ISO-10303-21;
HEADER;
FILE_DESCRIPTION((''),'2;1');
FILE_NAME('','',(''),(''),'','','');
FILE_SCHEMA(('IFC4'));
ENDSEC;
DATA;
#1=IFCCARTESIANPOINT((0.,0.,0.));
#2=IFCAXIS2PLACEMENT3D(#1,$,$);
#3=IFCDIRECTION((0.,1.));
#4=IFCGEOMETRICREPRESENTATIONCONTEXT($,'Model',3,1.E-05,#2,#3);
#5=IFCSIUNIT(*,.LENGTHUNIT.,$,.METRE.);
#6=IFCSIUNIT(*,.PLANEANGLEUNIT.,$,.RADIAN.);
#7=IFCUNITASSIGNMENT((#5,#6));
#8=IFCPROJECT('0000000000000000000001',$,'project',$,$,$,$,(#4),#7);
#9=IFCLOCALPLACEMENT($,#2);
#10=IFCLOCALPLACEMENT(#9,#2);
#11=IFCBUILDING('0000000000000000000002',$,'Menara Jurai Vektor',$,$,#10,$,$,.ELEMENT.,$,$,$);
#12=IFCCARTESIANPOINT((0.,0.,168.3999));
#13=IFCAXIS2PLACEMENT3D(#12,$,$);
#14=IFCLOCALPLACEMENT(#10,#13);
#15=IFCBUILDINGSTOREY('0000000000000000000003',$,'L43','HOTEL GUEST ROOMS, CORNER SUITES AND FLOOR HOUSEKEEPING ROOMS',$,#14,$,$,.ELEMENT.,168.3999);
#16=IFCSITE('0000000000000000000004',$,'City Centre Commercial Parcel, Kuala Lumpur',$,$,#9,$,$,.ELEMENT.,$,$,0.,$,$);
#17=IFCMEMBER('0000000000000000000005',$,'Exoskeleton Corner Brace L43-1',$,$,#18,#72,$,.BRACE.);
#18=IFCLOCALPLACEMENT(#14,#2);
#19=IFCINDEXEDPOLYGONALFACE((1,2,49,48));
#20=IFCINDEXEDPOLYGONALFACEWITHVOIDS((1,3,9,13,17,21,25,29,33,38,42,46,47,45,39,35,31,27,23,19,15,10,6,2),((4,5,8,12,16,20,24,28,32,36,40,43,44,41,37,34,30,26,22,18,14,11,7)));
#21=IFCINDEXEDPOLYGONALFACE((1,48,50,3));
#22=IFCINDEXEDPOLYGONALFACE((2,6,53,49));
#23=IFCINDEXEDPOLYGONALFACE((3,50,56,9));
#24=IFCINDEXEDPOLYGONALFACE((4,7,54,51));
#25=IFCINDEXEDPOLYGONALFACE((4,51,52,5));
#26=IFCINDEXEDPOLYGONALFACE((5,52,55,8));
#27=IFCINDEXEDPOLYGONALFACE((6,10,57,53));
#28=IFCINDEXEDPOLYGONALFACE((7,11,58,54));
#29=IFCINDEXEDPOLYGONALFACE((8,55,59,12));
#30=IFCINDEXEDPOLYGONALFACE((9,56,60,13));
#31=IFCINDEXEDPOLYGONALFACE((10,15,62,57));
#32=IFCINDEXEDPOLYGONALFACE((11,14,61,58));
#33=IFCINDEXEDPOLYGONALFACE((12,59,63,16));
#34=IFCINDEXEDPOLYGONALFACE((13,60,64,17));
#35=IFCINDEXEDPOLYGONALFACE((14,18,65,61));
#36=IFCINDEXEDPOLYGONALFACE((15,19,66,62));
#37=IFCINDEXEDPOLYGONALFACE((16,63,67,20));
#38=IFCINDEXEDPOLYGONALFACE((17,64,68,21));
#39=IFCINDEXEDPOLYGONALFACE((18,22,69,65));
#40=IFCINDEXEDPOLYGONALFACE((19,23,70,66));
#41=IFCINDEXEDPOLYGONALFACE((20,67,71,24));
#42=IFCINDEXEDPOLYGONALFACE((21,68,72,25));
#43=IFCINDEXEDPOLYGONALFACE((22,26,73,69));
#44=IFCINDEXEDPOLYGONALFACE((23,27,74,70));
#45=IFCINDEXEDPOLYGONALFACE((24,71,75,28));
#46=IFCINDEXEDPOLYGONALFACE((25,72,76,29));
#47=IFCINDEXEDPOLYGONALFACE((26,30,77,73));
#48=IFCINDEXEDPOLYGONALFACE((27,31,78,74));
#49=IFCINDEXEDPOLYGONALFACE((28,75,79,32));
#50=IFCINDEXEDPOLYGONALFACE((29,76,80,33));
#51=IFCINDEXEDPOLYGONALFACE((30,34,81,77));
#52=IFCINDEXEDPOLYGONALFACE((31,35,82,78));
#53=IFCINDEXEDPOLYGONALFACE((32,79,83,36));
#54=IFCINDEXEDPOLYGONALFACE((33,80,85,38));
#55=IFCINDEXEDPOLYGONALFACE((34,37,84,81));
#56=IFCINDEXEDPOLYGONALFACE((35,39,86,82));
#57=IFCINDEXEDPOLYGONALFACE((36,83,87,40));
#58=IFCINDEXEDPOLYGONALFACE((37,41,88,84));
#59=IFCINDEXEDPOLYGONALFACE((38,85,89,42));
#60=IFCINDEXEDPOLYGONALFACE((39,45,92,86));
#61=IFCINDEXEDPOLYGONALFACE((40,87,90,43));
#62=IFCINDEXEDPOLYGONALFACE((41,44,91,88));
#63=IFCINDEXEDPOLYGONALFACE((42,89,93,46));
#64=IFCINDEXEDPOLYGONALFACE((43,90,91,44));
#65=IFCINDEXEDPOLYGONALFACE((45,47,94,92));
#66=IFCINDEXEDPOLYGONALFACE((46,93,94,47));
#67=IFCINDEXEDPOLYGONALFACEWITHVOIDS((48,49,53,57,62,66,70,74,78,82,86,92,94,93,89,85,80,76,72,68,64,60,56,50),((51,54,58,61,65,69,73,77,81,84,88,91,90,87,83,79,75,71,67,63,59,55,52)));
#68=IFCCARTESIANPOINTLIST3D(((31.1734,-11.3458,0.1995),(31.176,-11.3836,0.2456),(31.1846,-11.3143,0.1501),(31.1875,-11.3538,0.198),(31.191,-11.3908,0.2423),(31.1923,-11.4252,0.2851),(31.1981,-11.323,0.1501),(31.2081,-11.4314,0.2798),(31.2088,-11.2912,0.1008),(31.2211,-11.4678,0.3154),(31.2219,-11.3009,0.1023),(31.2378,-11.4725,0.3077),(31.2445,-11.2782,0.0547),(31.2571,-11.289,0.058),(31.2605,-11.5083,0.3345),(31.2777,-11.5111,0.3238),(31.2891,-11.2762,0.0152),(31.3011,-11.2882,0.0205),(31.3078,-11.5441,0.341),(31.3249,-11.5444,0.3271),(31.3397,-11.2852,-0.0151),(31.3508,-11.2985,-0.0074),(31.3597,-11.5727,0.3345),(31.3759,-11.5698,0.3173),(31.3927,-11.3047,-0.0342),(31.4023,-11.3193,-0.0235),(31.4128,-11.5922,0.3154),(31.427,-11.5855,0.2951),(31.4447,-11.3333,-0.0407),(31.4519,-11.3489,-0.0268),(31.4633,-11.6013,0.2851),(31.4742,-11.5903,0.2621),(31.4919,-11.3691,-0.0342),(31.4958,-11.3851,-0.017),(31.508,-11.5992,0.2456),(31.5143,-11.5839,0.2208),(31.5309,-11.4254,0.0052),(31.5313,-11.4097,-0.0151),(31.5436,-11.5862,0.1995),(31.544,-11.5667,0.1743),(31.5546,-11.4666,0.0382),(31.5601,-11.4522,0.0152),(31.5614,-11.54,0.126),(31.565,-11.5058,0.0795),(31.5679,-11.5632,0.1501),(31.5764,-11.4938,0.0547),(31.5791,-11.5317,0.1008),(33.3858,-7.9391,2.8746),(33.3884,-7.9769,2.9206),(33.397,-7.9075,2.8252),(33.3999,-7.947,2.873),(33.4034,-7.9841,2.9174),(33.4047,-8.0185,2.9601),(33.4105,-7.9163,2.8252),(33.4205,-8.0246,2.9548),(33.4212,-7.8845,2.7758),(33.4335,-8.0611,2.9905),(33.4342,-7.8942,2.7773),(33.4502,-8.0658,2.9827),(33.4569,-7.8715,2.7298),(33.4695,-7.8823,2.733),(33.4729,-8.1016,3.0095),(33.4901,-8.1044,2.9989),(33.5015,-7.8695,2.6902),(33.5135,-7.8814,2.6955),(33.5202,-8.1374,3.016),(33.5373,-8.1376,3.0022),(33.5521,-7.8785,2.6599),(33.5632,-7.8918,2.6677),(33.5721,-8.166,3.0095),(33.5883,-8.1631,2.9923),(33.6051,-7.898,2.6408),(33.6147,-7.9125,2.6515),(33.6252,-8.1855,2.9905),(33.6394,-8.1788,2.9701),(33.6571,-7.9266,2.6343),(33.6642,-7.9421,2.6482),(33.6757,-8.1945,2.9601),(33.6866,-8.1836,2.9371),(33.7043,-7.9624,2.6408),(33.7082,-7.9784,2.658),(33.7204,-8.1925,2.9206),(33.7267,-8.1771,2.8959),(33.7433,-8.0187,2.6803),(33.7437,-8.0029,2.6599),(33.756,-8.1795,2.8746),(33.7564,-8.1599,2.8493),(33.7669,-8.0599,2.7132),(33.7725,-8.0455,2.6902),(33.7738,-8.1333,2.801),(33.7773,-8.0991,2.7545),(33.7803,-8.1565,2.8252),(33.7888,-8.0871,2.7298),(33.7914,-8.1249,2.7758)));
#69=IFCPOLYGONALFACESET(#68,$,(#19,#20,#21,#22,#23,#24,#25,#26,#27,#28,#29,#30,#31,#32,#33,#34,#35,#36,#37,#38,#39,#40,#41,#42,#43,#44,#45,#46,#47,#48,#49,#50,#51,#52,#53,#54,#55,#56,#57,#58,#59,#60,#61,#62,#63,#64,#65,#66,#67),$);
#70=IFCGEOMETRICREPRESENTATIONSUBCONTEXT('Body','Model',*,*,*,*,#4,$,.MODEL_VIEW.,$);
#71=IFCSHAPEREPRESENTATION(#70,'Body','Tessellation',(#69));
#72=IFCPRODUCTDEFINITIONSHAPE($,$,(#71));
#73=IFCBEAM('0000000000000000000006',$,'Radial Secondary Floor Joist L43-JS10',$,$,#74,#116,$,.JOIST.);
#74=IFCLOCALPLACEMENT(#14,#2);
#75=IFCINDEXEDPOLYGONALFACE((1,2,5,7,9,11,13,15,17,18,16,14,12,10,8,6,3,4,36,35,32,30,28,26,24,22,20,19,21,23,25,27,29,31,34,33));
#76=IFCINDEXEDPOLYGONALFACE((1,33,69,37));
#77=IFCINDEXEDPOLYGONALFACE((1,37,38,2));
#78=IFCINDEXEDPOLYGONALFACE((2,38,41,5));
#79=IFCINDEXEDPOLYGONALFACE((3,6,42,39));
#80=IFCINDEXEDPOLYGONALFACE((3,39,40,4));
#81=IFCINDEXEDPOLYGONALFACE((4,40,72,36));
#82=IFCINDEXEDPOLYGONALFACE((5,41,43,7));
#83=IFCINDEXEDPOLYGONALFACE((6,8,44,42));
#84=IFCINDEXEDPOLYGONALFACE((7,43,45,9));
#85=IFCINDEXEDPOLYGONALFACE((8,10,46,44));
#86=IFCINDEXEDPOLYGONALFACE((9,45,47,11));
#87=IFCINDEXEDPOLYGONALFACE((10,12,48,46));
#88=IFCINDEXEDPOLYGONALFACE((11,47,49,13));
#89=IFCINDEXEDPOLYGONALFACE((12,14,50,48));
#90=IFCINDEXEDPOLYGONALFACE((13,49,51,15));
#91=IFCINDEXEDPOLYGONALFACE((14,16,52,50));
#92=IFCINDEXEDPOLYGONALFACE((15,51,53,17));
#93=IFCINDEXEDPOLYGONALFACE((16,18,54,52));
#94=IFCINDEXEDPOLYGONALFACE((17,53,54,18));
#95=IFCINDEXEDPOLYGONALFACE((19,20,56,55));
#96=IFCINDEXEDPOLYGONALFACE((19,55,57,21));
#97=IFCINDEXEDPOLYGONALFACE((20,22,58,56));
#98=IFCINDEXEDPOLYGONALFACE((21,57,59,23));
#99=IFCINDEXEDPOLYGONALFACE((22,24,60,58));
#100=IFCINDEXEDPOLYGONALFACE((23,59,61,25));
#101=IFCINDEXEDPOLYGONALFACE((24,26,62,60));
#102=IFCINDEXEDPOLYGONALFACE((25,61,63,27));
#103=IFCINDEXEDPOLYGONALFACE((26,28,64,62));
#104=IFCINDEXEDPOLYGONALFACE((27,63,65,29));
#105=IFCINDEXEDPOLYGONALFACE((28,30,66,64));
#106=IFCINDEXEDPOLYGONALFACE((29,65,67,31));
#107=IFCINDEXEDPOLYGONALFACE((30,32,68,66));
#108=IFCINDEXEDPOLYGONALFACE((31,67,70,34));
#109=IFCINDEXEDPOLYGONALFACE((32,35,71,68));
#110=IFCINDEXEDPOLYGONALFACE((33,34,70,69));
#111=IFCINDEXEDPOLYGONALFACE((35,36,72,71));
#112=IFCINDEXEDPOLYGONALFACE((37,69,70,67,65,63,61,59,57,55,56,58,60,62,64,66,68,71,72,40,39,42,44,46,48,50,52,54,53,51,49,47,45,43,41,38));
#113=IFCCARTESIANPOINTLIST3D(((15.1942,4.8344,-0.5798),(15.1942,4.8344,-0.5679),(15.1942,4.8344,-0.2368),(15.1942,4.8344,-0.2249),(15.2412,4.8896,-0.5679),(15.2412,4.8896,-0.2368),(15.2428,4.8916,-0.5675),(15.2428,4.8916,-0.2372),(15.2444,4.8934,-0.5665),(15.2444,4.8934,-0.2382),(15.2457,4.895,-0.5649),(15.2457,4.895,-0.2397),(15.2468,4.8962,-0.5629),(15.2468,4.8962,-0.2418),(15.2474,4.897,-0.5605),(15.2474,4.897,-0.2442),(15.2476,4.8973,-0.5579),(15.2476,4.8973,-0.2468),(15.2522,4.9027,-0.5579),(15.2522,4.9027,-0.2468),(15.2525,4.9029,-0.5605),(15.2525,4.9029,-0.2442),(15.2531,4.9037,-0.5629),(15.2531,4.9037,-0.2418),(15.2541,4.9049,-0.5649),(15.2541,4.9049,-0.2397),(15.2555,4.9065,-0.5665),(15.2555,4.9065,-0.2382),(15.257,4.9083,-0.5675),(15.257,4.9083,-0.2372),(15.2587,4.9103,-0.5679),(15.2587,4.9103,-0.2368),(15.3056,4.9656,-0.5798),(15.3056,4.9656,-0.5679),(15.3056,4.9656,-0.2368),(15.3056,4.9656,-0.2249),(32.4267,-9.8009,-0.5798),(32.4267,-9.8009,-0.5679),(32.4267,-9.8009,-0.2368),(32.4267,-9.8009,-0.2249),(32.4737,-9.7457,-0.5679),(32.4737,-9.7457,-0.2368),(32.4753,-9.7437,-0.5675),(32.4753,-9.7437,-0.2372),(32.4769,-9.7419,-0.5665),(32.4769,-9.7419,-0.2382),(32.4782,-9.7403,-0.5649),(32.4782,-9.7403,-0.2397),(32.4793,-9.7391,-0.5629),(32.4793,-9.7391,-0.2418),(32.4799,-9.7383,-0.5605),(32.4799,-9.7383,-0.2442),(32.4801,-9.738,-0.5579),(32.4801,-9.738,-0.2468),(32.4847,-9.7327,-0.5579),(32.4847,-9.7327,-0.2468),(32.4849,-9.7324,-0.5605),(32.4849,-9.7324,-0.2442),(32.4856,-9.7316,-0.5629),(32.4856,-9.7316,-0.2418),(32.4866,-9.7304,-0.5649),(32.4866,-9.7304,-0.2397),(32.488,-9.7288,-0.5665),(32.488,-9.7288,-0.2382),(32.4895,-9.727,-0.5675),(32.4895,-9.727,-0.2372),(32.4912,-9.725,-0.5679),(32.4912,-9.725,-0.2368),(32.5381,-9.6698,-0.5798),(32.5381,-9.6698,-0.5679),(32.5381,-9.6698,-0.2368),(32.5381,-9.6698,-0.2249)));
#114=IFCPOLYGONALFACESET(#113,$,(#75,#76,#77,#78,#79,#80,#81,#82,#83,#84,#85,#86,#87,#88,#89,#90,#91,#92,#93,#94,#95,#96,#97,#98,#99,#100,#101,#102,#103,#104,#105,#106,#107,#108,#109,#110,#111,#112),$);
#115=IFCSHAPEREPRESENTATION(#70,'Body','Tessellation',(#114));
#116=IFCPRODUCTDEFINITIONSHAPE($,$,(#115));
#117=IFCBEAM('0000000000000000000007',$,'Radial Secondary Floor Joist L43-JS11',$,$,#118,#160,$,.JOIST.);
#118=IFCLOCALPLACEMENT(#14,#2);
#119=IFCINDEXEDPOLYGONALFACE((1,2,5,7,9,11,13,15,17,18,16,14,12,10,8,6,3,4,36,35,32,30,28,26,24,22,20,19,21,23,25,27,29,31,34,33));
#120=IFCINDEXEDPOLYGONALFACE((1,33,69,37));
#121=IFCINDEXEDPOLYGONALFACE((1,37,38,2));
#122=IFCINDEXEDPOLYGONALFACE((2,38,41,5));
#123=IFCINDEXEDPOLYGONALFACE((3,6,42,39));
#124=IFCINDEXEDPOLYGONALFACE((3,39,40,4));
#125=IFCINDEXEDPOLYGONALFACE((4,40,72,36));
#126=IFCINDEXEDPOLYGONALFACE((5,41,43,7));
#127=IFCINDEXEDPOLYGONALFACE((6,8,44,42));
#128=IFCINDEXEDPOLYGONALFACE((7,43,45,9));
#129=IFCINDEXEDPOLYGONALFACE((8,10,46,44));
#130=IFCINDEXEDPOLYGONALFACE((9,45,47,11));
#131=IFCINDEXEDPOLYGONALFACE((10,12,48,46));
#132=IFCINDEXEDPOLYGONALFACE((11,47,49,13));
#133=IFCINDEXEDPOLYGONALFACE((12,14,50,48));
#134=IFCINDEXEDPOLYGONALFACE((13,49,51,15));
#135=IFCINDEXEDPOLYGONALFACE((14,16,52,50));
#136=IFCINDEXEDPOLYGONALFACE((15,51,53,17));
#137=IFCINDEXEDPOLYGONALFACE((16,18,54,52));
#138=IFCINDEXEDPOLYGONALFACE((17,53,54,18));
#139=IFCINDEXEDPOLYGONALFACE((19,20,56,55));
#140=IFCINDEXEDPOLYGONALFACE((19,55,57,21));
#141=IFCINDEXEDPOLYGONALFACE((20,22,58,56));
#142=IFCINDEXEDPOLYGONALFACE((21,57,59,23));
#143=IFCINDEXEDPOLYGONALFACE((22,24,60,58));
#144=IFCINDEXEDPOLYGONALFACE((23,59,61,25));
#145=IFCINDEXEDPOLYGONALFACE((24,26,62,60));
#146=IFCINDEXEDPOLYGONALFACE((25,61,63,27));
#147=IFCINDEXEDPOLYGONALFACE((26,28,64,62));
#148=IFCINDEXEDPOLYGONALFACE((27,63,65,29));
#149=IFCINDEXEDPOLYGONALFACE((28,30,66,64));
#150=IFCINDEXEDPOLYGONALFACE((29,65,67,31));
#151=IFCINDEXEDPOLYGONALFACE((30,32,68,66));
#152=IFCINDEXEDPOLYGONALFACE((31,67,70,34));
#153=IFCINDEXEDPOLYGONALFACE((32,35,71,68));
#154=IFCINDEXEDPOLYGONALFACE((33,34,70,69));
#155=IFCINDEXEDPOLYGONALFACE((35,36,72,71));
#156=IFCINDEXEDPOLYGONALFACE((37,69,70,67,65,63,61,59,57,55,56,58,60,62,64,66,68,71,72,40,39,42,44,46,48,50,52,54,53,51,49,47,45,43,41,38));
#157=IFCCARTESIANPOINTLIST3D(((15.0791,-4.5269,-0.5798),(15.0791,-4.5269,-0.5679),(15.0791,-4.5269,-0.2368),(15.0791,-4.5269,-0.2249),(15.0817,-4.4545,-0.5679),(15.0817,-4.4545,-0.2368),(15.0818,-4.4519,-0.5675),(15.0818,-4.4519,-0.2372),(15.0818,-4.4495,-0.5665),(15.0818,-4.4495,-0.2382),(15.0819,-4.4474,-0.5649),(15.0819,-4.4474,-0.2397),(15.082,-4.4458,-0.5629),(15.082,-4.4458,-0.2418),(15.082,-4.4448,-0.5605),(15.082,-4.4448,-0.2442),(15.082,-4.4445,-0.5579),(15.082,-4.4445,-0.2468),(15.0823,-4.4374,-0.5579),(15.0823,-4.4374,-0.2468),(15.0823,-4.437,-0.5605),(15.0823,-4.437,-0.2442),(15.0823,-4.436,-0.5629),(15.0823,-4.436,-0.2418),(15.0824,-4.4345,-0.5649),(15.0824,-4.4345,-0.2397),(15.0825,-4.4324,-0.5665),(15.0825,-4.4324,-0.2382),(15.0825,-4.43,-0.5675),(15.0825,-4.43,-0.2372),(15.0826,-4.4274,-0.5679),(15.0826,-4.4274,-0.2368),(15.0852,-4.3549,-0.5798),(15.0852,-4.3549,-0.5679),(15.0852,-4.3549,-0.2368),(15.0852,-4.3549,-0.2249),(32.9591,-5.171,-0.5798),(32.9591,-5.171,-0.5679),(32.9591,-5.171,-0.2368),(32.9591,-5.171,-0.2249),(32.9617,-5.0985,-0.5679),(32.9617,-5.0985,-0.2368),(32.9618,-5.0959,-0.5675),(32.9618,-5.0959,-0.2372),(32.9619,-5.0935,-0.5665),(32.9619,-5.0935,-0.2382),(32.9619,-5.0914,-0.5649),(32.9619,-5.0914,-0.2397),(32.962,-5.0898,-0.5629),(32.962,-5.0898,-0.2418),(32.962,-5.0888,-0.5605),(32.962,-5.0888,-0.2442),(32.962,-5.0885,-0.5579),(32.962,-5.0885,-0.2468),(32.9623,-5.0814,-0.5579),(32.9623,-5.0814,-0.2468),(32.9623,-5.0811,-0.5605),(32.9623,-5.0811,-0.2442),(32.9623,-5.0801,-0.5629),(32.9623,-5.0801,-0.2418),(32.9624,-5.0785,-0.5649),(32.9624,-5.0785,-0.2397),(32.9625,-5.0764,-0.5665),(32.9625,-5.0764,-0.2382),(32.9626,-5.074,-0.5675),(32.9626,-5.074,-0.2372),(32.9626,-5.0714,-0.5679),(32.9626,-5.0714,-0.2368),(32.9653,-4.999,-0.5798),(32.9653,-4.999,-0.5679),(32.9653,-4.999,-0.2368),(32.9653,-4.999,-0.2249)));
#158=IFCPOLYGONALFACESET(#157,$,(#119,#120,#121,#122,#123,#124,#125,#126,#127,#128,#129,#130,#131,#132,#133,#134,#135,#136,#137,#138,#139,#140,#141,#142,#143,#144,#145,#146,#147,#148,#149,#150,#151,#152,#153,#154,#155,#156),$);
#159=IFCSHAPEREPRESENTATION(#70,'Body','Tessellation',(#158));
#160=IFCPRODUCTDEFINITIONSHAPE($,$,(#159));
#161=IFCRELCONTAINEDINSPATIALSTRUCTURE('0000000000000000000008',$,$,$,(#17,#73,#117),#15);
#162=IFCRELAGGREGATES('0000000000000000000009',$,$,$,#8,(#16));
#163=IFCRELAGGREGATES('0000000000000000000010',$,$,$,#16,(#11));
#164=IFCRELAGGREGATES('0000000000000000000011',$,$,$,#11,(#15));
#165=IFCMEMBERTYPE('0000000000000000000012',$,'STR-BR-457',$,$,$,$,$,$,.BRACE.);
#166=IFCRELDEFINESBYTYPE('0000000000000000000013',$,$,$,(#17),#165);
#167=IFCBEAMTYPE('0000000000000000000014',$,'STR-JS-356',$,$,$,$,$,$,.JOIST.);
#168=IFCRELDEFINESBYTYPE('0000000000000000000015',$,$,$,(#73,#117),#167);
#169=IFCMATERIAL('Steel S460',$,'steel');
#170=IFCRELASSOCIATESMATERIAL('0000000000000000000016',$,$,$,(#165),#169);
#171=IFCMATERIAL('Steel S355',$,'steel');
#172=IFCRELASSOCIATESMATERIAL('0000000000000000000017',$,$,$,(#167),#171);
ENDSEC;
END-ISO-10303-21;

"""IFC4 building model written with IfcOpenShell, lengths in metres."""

from ifc_helpers import new_model, si_unit, direction, frame, origin, origin_2d, place, context, subcontext, project, spatial, hollow_circle, i_section, extrude, material, material_profile, profile_set, type_object, element, save


model = new_model("IFC4")

# Units and contexts
model_context = context("Model", 3, precision=1e-05, world=origin(), true_north=direction((0.0, 1.0)))
body_context = subcontext(model_context, "Body", "Model", "MODEL_VIEW")
ifc_project = project(units=[si_unit("LENGTHUNIT", "METRE"), si_unit("PLANEANGLEUNIT", "RADIAN")], contexts=[model_context])

# Site, building, storey
site_placement = place(None, origin())
site = spatial("IfcSite", under=ifc_project, at=site_placement, Name="City Centre Commercial Parcel, Kuala Lumpur", CompositionType="ELEMENT", RefElevation=0.0)
building_placement = place(site_placement, origin())
building = spatial("IfcBuilding", under=site, at=building_placement, Name="Menara Jurai Vektor", CompositionType="ELEMENT")
storey_placement = place(building_placement, frame((0.0, 0.0, 168.3999)))
storey = spatial("IfcBuildingStorey", under=building, at=storey_placement, Name="L43", Description="HOTEL GUEST ROOMS, CORNER SUITES AND FLOOR HOUSEKEEPING ROOMS", CompositionType="ELEMENT", Elevation=168.3999)

# Shared definitions
ifc_material_1 = material(Name="Steel S460", Category="steel")

# Shared definitions
ifc_material_2 = material(Name="Steel S355", Category="steel")

# Member
ifc_material_profile_1 = material_profile(ifc_material_1, hollow_circle(Radius=0.2285, WallThickness=0.0161, at=origin_2d()), Name="CHS 457x16")
ifc_profile_set_1 = profile_set([ifc_material_profile_1], Name="Steel S460")
member_type_1 = type_object("IfcMemberType", Name="STR-BR-457", PredefinedType="BRACE", material=ifc_profile_set_1)
member_1_placement = place(storey_placement, frame((31.3762, -11.4387, 0.1501), z_axis=(0.454872, 0.700428, 0.549992), x_axis=(-0.838666, 0.544646, 0.0)))
element("IfcMember", 1, at=member_1_placement, inside=storey, type_object=member_type_1, Name="Exoskeleton Corner Brace L43-1", PredefinedType="BRACE", context=body_context, shape_type="SweptSolid", body=[
    extrude(hollow_circle(Radius=0.2285, WallThickness=0.0161, at=origin_2d()), origin(), (0.0, 0.0, 1.0), 4.8638),
])

# Beams
ifc_material_profile_2 = material_profile(ifc_material_2, i_section(OverallWidth=0.1721, OverallDepth=0.355, WebThickness=0.0071, FlangeThickness=0.012, FilletRadius=0.01, at=origin_2d()), Name="UKB 356x171x51")
ifc_profile_set_2 = profile_set([ifc_material_profile_2], Name="Steel S355")
beam_type_1 = type_object("IfcBeamType", Name="STR-JS-356", PredefinedType="JOIST", material=ifc_profile_set_2)
beam_1_placement = place(storey_placement, frame((32.4824, -9.7354, -0.4023), z_axis=(-0.762208, 0.647332, 0.0), x_axis=(-0.647332, -0.762208, 0.0)))
element("IfcBeam", 2, at=beam_1_placement, inside=storey, type_object=beam_type_1, Name="Radial Secondary Floor Joist L43-JS10", PredefinedType="JOIST", context=body_context, shape_type="SweptSolid", body=[
    extrude(i_section(OverallWidth=0.1721, OverallDepth=0.355, WebThickness=0.0071, FlangeThickness=0.012, FilletRadius=0.01, at=origin_2d()), origin(), (0.0, 0.0, 1.0), 22.6086),
])
beam_2_placement = place(storey_placement, frame((32.9622, -5.085, -0.4023), z_axis=(-0.999352, 0.035997, 0.0), x_axis=(-0.035997, -0.999352, 0.0)))
element("IfcBeam", 3, at=beam_2_placement, inside=storey, type_object=beam_type_1, Name="Radial Secondary Floor Joist L43-JS11", PredefinedType="JOIST", context=body_context, shape_type="SweptSolid", body=[
    extrude(i_section(OverallWidth=0.1721, OverallDepth=0.355, WebThickness=0.0071, FlangeThickness=0.012, FilletRadius=0.01, at=origin_2d()), origin(), (0.0, 0.0, 1.0), 17.8916),
])

save(model, "model.ifc")
